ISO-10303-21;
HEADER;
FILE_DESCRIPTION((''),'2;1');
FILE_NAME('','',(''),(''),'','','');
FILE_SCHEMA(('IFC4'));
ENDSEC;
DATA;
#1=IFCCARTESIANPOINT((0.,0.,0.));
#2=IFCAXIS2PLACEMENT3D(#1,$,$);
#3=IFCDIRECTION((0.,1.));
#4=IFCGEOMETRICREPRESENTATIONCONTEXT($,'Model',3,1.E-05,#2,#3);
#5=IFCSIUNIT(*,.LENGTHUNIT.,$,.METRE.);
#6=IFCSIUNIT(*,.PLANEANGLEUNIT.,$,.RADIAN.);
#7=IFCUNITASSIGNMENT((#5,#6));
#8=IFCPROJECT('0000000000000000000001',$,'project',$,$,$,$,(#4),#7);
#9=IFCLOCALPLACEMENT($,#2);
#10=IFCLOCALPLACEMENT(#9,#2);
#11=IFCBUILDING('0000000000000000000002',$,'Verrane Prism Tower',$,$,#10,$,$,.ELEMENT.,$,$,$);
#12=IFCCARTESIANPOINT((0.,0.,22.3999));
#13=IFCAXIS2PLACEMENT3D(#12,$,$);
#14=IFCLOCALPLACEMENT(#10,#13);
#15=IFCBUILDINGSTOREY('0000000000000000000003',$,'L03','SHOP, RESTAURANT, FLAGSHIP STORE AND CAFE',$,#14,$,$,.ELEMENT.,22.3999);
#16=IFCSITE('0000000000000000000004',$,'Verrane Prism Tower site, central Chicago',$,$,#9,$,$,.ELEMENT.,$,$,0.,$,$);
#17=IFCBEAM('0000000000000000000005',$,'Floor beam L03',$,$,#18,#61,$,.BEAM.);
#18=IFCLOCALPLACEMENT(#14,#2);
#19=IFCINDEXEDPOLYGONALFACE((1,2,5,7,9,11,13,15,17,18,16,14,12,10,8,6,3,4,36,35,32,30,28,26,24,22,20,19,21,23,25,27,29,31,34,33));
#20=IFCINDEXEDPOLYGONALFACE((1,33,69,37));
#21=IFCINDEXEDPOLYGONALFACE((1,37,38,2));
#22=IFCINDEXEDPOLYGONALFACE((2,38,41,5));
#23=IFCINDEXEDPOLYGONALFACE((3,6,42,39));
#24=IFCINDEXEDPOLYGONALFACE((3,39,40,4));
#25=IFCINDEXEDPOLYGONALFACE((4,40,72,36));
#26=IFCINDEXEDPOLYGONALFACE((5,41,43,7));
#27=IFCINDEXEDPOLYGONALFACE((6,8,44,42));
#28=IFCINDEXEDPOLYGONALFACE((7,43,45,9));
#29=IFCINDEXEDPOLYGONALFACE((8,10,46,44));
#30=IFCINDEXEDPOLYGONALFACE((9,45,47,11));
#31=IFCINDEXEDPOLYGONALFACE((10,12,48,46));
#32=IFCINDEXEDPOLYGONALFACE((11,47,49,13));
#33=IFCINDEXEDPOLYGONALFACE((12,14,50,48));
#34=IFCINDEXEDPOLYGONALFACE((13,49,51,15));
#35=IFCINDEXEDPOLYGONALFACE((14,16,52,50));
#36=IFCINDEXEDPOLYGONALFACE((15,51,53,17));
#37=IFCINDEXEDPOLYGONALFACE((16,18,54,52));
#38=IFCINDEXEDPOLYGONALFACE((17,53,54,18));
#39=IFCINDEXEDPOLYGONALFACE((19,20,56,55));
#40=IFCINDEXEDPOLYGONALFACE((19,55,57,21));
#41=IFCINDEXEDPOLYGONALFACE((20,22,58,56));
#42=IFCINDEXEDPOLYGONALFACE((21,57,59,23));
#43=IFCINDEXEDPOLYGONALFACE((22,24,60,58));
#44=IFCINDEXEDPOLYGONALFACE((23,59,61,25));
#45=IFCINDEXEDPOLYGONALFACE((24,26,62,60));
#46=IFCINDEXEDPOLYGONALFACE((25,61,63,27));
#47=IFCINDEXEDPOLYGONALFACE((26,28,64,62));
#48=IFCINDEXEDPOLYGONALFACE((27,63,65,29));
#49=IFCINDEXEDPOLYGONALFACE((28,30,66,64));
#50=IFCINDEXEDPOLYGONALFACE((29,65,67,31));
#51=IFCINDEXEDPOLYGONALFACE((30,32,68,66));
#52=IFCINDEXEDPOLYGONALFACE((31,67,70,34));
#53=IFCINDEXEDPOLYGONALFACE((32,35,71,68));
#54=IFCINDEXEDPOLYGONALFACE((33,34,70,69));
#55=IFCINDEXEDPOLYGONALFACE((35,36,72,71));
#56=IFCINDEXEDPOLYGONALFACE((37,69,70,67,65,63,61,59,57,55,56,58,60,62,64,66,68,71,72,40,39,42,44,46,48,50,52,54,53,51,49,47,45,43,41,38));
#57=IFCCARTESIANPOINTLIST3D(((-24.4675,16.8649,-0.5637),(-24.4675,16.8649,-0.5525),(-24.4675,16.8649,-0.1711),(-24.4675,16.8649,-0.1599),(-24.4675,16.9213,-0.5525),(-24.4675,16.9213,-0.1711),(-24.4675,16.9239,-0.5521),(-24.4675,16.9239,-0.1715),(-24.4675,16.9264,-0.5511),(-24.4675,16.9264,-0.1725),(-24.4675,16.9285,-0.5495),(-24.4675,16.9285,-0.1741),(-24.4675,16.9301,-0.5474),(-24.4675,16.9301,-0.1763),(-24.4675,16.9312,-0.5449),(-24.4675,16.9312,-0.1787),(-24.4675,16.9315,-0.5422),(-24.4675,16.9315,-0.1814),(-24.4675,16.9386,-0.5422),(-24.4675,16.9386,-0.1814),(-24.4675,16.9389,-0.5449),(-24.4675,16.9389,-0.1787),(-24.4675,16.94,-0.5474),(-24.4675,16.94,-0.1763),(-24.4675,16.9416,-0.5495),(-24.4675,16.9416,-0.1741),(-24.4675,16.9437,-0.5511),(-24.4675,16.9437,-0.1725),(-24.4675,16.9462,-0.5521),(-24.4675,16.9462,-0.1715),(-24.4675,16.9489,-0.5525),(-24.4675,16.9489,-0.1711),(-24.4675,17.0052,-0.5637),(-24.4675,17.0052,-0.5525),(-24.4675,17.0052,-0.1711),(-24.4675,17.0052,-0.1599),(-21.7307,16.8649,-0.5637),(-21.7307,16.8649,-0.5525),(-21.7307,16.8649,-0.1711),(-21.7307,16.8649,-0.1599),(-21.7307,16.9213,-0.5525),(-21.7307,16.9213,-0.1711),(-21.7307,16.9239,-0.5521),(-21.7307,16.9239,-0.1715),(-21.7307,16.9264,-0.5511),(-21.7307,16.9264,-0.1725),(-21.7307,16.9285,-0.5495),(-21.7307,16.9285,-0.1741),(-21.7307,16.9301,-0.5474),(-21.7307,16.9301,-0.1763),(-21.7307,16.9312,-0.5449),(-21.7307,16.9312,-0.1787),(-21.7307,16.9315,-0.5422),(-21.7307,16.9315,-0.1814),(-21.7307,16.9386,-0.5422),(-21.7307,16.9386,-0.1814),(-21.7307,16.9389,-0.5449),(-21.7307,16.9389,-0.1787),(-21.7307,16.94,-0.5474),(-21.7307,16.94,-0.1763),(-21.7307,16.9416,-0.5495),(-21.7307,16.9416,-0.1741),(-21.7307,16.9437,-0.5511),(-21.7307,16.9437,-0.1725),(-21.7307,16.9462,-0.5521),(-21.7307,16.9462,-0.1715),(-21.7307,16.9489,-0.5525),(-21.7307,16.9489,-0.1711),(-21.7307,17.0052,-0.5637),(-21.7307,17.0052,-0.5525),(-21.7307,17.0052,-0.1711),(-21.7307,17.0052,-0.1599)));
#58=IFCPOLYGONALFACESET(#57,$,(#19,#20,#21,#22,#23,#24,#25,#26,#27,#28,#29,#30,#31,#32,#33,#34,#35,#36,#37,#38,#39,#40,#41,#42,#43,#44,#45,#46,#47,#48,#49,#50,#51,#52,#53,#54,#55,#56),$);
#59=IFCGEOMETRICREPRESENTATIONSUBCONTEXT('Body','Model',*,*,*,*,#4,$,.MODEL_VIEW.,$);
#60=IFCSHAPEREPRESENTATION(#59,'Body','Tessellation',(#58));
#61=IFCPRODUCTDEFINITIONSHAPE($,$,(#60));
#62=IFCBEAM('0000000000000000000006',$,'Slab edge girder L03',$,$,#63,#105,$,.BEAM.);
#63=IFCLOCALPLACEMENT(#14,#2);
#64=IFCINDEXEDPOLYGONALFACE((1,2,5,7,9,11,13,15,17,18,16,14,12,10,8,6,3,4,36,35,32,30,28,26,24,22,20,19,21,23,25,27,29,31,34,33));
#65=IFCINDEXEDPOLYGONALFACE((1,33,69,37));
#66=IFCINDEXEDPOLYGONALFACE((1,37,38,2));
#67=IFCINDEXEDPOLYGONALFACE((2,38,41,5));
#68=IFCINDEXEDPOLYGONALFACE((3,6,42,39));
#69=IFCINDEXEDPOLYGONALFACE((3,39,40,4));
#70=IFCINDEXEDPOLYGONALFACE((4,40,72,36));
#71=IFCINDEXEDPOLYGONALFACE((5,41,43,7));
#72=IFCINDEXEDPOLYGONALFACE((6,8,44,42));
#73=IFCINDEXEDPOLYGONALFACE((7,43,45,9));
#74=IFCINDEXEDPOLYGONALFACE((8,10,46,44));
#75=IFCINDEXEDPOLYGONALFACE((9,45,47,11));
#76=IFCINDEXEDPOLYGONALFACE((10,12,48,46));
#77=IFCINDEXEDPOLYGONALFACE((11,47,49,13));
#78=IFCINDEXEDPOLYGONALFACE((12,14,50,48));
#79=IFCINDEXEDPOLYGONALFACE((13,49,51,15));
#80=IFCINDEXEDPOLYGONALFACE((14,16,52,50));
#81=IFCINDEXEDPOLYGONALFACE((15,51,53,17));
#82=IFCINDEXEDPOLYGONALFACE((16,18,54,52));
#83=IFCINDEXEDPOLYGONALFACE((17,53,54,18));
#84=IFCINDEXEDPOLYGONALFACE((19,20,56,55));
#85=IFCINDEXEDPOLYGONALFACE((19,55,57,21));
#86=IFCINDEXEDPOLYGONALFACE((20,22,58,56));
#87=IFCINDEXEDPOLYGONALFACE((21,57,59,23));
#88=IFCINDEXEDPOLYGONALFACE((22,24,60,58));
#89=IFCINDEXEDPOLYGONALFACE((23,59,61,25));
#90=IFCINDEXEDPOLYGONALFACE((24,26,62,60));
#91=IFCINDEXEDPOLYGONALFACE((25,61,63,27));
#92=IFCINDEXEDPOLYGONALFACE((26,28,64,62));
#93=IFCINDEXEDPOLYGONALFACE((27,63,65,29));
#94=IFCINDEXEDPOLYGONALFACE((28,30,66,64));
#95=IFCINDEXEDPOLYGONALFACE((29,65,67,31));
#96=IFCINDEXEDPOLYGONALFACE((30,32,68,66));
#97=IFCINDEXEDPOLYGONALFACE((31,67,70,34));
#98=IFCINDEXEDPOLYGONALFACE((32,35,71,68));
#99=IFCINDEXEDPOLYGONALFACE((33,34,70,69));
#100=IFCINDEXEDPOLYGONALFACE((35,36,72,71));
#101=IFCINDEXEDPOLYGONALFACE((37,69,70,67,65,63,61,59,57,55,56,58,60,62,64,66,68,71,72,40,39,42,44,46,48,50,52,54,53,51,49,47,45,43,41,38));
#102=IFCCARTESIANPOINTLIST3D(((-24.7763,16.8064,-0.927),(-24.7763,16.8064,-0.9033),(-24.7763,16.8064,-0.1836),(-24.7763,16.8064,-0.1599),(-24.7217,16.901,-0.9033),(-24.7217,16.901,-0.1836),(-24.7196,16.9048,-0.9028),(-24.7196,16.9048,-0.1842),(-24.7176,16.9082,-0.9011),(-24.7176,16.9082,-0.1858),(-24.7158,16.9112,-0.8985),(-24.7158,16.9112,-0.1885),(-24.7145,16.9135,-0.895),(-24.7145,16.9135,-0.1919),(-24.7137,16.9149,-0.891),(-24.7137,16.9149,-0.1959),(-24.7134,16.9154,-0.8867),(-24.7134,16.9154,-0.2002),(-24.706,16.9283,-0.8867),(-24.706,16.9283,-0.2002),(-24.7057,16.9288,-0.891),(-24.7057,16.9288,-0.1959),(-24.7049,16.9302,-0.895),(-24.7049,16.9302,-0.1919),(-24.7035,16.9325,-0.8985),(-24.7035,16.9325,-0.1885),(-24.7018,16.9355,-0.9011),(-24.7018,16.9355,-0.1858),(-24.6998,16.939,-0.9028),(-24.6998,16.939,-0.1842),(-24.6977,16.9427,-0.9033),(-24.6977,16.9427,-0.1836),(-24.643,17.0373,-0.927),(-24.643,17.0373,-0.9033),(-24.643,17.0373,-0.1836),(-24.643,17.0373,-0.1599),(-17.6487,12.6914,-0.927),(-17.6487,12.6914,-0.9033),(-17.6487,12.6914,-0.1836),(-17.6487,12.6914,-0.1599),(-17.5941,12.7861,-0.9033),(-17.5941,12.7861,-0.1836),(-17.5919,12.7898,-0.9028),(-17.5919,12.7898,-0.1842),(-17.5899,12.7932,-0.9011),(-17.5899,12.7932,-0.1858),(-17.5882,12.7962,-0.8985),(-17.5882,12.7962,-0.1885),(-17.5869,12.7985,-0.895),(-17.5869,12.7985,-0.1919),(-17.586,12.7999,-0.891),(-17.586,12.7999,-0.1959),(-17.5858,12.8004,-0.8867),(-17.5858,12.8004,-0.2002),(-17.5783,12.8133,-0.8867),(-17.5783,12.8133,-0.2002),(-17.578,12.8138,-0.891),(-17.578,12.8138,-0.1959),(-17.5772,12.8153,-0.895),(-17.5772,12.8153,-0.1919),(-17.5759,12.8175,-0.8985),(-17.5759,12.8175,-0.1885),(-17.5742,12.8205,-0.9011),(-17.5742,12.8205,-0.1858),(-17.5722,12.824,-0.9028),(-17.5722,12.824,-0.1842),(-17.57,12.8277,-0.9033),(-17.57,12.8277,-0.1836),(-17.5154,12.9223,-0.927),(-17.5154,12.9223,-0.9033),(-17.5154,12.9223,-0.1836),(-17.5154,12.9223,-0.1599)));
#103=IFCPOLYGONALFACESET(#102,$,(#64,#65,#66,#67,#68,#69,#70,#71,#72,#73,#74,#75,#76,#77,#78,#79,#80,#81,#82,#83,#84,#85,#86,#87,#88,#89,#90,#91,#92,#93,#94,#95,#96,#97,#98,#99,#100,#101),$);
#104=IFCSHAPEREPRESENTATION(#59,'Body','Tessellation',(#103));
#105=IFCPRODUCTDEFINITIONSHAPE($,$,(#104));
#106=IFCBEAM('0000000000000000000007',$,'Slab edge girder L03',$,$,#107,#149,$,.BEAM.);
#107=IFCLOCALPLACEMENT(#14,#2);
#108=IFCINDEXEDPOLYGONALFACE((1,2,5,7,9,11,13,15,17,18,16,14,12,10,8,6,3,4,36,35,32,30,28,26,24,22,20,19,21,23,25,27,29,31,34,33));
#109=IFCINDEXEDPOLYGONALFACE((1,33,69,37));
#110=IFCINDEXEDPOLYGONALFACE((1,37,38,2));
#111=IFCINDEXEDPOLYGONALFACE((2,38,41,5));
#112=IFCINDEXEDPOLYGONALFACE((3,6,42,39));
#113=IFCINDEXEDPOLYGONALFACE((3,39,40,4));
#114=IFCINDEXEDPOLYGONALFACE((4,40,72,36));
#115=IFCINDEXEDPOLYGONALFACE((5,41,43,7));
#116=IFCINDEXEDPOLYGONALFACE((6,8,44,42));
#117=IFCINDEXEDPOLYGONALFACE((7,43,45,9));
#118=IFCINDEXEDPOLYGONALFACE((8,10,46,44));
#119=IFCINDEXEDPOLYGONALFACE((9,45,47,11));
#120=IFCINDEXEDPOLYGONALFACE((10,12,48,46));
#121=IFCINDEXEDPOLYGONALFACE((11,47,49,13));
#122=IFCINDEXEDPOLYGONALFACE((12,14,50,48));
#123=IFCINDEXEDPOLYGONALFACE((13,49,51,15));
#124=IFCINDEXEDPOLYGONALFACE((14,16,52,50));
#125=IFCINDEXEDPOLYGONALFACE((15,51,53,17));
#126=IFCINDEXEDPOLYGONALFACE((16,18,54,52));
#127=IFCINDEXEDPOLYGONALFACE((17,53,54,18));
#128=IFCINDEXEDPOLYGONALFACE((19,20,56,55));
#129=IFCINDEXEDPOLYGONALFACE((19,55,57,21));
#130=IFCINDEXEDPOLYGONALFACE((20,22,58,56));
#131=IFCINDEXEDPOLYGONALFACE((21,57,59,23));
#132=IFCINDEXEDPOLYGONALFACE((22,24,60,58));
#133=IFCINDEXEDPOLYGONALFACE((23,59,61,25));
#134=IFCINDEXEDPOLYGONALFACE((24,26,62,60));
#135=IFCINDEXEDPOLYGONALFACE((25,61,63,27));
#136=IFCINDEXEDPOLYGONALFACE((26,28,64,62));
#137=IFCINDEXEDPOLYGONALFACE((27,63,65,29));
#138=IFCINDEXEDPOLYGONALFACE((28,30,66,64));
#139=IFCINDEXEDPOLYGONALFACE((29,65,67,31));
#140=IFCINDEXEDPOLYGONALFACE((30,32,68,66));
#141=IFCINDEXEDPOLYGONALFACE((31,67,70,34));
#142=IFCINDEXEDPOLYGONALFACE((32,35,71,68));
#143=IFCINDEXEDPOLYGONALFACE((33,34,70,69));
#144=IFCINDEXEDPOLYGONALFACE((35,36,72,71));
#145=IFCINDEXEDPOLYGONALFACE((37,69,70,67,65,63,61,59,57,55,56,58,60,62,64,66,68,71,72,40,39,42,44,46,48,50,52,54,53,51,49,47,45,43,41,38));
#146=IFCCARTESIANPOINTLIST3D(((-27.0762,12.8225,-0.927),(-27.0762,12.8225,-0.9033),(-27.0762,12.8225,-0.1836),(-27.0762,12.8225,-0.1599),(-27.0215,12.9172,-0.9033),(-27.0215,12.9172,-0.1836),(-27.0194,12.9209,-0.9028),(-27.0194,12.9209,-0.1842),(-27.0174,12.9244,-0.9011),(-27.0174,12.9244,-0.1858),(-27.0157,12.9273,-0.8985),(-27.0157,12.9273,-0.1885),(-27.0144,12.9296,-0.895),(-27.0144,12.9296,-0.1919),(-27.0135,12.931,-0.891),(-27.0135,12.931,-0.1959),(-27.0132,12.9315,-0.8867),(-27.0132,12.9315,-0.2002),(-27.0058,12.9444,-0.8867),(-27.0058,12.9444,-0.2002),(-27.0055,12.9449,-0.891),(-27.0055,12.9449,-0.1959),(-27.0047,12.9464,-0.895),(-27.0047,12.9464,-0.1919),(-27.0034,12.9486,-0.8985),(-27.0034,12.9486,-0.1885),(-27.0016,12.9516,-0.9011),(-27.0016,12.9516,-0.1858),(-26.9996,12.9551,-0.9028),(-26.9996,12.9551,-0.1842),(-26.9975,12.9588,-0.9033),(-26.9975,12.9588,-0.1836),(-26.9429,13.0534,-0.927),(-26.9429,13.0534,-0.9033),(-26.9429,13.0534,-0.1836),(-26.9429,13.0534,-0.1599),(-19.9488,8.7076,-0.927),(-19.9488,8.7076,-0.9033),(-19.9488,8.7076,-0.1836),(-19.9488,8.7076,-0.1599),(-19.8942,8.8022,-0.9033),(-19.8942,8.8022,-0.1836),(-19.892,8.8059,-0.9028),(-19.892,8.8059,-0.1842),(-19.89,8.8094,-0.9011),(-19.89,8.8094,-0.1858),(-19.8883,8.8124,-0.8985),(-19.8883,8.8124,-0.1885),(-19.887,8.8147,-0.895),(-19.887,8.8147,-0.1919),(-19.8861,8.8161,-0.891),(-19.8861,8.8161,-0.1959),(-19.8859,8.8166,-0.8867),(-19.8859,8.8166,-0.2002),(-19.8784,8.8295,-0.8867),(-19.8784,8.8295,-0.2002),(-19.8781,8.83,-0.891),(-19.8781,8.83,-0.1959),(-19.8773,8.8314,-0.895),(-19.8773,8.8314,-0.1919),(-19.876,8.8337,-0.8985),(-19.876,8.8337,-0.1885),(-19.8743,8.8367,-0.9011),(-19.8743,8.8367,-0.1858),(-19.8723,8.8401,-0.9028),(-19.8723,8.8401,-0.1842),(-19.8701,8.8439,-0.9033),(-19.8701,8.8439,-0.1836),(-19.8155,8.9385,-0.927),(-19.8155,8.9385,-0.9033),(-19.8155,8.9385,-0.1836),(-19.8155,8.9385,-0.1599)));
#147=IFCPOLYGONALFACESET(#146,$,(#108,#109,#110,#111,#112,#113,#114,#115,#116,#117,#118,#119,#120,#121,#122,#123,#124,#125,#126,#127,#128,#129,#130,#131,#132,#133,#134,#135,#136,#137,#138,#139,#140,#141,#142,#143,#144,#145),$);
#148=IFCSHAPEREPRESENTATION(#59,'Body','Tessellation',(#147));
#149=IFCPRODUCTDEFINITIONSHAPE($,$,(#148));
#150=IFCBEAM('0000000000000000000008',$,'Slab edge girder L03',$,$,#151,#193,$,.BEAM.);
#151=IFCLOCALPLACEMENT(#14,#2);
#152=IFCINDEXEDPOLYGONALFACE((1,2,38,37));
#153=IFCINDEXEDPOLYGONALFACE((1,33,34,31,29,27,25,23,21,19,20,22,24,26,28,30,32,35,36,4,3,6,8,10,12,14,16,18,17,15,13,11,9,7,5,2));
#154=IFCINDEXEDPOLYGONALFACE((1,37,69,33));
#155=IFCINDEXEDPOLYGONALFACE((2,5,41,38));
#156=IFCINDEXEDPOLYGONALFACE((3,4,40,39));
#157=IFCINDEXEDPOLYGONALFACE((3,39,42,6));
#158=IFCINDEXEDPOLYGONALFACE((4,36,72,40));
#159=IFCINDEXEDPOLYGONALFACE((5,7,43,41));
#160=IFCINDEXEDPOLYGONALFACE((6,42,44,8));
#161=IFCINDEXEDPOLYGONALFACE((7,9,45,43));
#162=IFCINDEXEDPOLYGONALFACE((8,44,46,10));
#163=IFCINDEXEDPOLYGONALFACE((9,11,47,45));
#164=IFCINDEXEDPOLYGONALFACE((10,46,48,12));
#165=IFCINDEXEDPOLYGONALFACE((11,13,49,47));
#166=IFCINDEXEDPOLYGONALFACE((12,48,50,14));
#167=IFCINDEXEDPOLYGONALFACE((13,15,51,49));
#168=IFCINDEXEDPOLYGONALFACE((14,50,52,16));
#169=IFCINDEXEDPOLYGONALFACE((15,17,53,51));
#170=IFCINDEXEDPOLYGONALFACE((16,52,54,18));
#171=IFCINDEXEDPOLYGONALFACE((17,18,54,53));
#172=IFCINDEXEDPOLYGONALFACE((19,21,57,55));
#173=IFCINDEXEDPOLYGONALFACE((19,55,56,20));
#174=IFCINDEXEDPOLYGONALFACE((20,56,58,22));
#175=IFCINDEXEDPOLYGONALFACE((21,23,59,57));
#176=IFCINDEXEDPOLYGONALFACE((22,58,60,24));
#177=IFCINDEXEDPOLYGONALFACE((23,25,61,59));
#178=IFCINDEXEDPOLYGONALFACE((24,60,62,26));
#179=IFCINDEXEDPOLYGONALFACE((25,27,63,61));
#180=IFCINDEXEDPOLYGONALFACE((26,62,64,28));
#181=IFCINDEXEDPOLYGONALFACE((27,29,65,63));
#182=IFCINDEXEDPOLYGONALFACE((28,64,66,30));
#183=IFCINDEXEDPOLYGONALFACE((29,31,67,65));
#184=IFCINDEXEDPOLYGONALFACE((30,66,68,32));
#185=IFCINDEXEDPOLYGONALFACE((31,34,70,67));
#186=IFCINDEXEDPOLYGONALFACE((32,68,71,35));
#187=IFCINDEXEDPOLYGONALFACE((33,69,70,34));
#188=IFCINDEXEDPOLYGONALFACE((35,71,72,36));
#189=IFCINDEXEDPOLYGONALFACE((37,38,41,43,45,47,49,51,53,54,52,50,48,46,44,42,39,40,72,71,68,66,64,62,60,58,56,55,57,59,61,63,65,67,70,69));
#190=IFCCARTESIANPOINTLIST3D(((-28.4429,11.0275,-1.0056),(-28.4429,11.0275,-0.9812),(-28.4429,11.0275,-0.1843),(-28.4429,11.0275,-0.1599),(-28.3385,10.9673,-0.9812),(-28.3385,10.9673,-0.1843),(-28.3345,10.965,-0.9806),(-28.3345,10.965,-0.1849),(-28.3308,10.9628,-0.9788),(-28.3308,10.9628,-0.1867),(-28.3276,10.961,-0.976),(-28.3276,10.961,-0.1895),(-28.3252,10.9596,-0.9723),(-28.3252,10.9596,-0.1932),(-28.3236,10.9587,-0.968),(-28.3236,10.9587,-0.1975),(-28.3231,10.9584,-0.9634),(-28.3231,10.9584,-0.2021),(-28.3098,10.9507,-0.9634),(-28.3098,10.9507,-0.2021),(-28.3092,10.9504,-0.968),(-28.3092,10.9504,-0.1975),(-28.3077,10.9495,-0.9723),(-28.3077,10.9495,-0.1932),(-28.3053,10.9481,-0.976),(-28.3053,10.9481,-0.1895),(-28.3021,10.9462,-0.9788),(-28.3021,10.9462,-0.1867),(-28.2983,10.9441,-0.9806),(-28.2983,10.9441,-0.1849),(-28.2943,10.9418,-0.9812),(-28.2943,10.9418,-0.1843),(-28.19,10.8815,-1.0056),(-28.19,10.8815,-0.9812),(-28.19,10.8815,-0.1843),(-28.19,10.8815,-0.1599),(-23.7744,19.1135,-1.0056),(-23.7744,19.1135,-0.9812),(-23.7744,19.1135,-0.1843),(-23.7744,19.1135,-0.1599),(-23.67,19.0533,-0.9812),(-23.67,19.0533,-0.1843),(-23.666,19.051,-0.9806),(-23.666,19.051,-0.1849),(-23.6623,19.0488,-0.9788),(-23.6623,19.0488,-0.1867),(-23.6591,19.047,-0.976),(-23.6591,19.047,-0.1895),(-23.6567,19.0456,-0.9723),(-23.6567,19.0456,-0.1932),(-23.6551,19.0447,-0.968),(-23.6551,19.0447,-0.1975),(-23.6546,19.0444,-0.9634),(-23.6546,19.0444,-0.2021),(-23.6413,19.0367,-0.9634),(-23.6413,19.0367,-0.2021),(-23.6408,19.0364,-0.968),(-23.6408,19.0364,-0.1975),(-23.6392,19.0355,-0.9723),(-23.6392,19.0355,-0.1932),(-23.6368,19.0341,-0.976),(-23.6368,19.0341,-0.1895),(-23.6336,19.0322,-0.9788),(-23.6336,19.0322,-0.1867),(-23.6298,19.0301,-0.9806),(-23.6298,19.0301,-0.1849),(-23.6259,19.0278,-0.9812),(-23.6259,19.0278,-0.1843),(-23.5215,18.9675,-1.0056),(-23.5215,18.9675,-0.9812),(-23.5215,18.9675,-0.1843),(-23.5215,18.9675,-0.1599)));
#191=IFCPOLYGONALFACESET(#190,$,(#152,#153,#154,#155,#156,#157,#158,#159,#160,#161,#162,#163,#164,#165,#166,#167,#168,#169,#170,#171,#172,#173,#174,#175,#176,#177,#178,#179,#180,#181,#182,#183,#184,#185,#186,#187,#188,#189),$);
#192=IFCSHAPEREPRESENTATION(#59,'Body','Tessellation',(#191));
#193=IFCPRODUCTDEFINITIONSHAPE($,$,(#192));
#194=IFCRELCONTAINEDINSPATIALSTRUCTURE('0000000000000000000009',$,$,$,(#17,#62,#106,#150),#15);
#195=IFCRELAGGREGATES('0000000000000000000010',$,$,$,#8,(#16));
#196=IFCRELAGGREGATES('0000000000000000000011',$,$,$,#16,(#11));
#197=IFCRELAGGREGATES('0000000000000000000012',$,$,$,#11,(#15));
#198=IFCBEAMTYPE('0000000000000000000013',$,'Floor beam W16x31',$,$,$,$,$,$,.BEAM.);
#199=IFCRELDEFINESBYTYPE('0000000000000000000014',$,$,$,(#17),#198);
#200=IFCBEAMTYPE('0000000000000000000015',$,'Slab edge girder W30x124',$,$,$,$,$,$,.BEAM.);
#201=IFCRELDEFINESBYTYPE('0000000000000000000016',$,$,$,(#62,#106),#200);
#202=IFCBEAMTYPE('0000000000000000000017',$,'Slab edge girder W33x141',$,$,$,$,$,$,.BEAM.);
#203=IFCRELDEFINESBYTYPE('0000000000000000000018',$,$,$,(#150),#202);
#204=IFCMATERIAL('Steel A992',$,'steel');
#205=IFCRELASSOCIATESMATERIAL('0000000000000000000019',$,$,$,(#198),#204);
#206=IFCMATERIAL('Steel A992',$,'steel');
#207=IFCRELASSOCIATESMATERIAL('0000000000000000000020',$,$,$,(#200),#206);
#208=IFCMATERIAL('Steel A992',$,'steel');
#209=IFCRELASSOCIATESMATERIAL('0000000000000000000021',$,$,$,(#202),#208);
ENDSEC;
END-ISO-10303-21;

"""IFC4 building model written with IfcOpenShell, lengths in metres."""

from ifc_helpers import new_model, si_unit, direction, frame, origin, origin_2d, place, context, subcontext, project, spatial, i_section, extrude, material, material_profile, profile_set, type_object, element, save


model = new_model("IFC4")

# Units and contexts
model_context = context("Model", 3, precision=1e-05, world=origin(), true_north=direction((0.0, 1.0)))
body_context = subcontext(model_context, "Body", "Model", "MODEL_VIEW")
ifc_project = project(units=[si_unit("LENGTHUNIT", "METRE"), si_unit("PLANEANGLEUNIT", "RADIAN")], contexts=[model_context])

# Site, building, storey
site_placement = place(None, origin())
site = spatial("IfcSite", under=ifc_project, at=site_placement, Name="Verrane Prism Tower site, central Chicago", CompositionType="ELEMENT", RefElevation=0.0)
building_placement = place(site_placement, origin())
building = spatial("IfcBuilding", under=site, at=building_placement, Name="Verrane Prism Tower", CompositionType="ELEMENT")
storey_placement = place(building_placement, frame((0.0, 0.0, 22.3999)))
storey = spatial("IfcBuildingStorey", under=building, at=storey_placement, Name="L03", Description="SHOP, RESTAURANT, FLAGSHIP STORE AND CAFE", CompositionType="ELEMENT", Elevation=22.3999)

# Beams
ifc_material_1 = material(Name="Steel A992", Category="steel")
ifc_material_profile_1 = material_profile(ifc_material_1, i_section(OverallWidth=0.1404, OverallDepth=0.4038, WebThickness=0.0071, FlangeThickness=0.0112, FilletRadius=0.0103, at=origin_2d()), Name="W16x31")
ifc_profile_set_1 = profile_set([ifc_material_profile_1], Name="Steel A992")
beam_type_1 = type_object("IfcBeamType", Name="Floor beam W16x31", PredefinedType="BEAM", material=ifc_profile_set_1)
beam_1_placement = place(storey_placement, frame((-24.4675, 16.9351, -0.3618), z_axis=(1.0, 0.0, 0.0), x_axis=(0.0, 1.0, 0.0)))
element("IfcBeam", 1, at=beam_1_placement, inside=storey, type_object=beam_type_1, Name="Floor beam L03", PredefinedType="BEAM", context=body_context, shape_type="SweptSolid", body=[
    extrude(i_section(OverallWidth=0.1404, OverallDepth=0.4038, WebThickness=0.0071, FlangeThickness=0.0112, FilletRadius=0.0103, at=origin_2d()), origin(), (0.0, 0.0, 1.0), 2.7368),
])
ifc_material_2 = material(Name="Steel A992", Category="steel")
ifc_material_profile_2 = material_profile(ifc_material_2, i_section(OverallWidth=0.2666, OverallDepth=0.7671, WebThickness=0.0149, FlangeThickness=0.0237, FilletRadius=0.0166, at=origin_2d()), Name="W30x124")
ifc_profile_set_2 = profile_set([ifc_material_profile_2], Name="Steel A992")
beam_type_2 = type_object("IfcBeamType", Name="Slab edge girder W30x124", PredefinedType="BEAM", material=ifc_profile_set_2)
beam_2_placement = place(storey_placement, frame((-17.582, 12.8069, -0.5435), z_axis=(-0.866035, 0.499984, 0.0), x_axis=(-0.499984, -0.866035, 0.0)))
element("IfcBeam", 2, at=beam_2_placement, inside=storey, type_object=beam_type_2, Name="Slab edge girder L03", PredefinedType="BEAM", context=body_context, shape_type="SweptSolid", body=[
    extrude(i_section(OverallWidth=0.2666, OverallDepth=0.7671, WebThickness=0.0149, FlangeThickness=0.0237, FilletRadius=0.0166, at=origin_2d()), origin(), (0.0, 0.0, 1.0), 8.2302),
])
beam_3_placement = place(storey_placement, frame((-27.0095, 12.938, -0.5435), z_axis=(0.866028, -0.499996, 0.0), x_axis=(0.499996, 0.866028, 0.0)))
element("IfcBeam", 3, at=beam_3_placement, inside=storey, type_object=beam_type_2, Name="Slab edge girder L03", PredefinedType="BEAM", context=body_context, shape_type="SweptSolid", body=[
    extrude(i_section(OverallWidth=0.2666, OverallDepth=0.7671, WebThickness=0.0149, FlangeThickness=0.0237, FilletRadius=0.0166, at=origin_2d()), origin(), (0.0, 0.0, 1.0), 8.23),
])
ifc_material_3 = material(Name="Steel A992", Category="steel")
ifc_material_profile_3 = material_profile(ifc_material_3, i_section(OverallWidth=0.292, OverallDepth=0.8457, WebThickness=0.0154, FlangeThickness=0.0244, FilletRadius=0.0178, at=origin_2d()), Name="W33x141")
ifc_profile_set_3 = profile_set([ifc_material_profile_3], Name="Steel A992")
beam_type_3 = type_object("IfcBeamType", Name="Slab edge girder W33x141", PredefinedType="BEAM", material=ifc_profile_set_3)
beam_4_placement = place(storey_placement, frame((-23.6479, 19.0405, -0.5828), z_axis=(-0.500003, -0.866024, 0.0), x_axis=(0.866024, -0.500003, 0.0)))
element("IfcBeam", 4, at=beam_4_placement, inside=storey, type_object=beam_type_3, Name="Slab edge girder L03", PredefinedType="BEAM", context=body_context, shape_type="SweptSolid", body=[
    extrude(i_section(OverallWidth=0.292, OverallDepth=0.8457, WebThickness=0.0154, FlangeThickness=0.0244, FilletRadius=0.0178, at=origin_2d()), origin(), (0.0, 0.0, 1.0), 9.3369),
])

save(model, "model.ifc")
